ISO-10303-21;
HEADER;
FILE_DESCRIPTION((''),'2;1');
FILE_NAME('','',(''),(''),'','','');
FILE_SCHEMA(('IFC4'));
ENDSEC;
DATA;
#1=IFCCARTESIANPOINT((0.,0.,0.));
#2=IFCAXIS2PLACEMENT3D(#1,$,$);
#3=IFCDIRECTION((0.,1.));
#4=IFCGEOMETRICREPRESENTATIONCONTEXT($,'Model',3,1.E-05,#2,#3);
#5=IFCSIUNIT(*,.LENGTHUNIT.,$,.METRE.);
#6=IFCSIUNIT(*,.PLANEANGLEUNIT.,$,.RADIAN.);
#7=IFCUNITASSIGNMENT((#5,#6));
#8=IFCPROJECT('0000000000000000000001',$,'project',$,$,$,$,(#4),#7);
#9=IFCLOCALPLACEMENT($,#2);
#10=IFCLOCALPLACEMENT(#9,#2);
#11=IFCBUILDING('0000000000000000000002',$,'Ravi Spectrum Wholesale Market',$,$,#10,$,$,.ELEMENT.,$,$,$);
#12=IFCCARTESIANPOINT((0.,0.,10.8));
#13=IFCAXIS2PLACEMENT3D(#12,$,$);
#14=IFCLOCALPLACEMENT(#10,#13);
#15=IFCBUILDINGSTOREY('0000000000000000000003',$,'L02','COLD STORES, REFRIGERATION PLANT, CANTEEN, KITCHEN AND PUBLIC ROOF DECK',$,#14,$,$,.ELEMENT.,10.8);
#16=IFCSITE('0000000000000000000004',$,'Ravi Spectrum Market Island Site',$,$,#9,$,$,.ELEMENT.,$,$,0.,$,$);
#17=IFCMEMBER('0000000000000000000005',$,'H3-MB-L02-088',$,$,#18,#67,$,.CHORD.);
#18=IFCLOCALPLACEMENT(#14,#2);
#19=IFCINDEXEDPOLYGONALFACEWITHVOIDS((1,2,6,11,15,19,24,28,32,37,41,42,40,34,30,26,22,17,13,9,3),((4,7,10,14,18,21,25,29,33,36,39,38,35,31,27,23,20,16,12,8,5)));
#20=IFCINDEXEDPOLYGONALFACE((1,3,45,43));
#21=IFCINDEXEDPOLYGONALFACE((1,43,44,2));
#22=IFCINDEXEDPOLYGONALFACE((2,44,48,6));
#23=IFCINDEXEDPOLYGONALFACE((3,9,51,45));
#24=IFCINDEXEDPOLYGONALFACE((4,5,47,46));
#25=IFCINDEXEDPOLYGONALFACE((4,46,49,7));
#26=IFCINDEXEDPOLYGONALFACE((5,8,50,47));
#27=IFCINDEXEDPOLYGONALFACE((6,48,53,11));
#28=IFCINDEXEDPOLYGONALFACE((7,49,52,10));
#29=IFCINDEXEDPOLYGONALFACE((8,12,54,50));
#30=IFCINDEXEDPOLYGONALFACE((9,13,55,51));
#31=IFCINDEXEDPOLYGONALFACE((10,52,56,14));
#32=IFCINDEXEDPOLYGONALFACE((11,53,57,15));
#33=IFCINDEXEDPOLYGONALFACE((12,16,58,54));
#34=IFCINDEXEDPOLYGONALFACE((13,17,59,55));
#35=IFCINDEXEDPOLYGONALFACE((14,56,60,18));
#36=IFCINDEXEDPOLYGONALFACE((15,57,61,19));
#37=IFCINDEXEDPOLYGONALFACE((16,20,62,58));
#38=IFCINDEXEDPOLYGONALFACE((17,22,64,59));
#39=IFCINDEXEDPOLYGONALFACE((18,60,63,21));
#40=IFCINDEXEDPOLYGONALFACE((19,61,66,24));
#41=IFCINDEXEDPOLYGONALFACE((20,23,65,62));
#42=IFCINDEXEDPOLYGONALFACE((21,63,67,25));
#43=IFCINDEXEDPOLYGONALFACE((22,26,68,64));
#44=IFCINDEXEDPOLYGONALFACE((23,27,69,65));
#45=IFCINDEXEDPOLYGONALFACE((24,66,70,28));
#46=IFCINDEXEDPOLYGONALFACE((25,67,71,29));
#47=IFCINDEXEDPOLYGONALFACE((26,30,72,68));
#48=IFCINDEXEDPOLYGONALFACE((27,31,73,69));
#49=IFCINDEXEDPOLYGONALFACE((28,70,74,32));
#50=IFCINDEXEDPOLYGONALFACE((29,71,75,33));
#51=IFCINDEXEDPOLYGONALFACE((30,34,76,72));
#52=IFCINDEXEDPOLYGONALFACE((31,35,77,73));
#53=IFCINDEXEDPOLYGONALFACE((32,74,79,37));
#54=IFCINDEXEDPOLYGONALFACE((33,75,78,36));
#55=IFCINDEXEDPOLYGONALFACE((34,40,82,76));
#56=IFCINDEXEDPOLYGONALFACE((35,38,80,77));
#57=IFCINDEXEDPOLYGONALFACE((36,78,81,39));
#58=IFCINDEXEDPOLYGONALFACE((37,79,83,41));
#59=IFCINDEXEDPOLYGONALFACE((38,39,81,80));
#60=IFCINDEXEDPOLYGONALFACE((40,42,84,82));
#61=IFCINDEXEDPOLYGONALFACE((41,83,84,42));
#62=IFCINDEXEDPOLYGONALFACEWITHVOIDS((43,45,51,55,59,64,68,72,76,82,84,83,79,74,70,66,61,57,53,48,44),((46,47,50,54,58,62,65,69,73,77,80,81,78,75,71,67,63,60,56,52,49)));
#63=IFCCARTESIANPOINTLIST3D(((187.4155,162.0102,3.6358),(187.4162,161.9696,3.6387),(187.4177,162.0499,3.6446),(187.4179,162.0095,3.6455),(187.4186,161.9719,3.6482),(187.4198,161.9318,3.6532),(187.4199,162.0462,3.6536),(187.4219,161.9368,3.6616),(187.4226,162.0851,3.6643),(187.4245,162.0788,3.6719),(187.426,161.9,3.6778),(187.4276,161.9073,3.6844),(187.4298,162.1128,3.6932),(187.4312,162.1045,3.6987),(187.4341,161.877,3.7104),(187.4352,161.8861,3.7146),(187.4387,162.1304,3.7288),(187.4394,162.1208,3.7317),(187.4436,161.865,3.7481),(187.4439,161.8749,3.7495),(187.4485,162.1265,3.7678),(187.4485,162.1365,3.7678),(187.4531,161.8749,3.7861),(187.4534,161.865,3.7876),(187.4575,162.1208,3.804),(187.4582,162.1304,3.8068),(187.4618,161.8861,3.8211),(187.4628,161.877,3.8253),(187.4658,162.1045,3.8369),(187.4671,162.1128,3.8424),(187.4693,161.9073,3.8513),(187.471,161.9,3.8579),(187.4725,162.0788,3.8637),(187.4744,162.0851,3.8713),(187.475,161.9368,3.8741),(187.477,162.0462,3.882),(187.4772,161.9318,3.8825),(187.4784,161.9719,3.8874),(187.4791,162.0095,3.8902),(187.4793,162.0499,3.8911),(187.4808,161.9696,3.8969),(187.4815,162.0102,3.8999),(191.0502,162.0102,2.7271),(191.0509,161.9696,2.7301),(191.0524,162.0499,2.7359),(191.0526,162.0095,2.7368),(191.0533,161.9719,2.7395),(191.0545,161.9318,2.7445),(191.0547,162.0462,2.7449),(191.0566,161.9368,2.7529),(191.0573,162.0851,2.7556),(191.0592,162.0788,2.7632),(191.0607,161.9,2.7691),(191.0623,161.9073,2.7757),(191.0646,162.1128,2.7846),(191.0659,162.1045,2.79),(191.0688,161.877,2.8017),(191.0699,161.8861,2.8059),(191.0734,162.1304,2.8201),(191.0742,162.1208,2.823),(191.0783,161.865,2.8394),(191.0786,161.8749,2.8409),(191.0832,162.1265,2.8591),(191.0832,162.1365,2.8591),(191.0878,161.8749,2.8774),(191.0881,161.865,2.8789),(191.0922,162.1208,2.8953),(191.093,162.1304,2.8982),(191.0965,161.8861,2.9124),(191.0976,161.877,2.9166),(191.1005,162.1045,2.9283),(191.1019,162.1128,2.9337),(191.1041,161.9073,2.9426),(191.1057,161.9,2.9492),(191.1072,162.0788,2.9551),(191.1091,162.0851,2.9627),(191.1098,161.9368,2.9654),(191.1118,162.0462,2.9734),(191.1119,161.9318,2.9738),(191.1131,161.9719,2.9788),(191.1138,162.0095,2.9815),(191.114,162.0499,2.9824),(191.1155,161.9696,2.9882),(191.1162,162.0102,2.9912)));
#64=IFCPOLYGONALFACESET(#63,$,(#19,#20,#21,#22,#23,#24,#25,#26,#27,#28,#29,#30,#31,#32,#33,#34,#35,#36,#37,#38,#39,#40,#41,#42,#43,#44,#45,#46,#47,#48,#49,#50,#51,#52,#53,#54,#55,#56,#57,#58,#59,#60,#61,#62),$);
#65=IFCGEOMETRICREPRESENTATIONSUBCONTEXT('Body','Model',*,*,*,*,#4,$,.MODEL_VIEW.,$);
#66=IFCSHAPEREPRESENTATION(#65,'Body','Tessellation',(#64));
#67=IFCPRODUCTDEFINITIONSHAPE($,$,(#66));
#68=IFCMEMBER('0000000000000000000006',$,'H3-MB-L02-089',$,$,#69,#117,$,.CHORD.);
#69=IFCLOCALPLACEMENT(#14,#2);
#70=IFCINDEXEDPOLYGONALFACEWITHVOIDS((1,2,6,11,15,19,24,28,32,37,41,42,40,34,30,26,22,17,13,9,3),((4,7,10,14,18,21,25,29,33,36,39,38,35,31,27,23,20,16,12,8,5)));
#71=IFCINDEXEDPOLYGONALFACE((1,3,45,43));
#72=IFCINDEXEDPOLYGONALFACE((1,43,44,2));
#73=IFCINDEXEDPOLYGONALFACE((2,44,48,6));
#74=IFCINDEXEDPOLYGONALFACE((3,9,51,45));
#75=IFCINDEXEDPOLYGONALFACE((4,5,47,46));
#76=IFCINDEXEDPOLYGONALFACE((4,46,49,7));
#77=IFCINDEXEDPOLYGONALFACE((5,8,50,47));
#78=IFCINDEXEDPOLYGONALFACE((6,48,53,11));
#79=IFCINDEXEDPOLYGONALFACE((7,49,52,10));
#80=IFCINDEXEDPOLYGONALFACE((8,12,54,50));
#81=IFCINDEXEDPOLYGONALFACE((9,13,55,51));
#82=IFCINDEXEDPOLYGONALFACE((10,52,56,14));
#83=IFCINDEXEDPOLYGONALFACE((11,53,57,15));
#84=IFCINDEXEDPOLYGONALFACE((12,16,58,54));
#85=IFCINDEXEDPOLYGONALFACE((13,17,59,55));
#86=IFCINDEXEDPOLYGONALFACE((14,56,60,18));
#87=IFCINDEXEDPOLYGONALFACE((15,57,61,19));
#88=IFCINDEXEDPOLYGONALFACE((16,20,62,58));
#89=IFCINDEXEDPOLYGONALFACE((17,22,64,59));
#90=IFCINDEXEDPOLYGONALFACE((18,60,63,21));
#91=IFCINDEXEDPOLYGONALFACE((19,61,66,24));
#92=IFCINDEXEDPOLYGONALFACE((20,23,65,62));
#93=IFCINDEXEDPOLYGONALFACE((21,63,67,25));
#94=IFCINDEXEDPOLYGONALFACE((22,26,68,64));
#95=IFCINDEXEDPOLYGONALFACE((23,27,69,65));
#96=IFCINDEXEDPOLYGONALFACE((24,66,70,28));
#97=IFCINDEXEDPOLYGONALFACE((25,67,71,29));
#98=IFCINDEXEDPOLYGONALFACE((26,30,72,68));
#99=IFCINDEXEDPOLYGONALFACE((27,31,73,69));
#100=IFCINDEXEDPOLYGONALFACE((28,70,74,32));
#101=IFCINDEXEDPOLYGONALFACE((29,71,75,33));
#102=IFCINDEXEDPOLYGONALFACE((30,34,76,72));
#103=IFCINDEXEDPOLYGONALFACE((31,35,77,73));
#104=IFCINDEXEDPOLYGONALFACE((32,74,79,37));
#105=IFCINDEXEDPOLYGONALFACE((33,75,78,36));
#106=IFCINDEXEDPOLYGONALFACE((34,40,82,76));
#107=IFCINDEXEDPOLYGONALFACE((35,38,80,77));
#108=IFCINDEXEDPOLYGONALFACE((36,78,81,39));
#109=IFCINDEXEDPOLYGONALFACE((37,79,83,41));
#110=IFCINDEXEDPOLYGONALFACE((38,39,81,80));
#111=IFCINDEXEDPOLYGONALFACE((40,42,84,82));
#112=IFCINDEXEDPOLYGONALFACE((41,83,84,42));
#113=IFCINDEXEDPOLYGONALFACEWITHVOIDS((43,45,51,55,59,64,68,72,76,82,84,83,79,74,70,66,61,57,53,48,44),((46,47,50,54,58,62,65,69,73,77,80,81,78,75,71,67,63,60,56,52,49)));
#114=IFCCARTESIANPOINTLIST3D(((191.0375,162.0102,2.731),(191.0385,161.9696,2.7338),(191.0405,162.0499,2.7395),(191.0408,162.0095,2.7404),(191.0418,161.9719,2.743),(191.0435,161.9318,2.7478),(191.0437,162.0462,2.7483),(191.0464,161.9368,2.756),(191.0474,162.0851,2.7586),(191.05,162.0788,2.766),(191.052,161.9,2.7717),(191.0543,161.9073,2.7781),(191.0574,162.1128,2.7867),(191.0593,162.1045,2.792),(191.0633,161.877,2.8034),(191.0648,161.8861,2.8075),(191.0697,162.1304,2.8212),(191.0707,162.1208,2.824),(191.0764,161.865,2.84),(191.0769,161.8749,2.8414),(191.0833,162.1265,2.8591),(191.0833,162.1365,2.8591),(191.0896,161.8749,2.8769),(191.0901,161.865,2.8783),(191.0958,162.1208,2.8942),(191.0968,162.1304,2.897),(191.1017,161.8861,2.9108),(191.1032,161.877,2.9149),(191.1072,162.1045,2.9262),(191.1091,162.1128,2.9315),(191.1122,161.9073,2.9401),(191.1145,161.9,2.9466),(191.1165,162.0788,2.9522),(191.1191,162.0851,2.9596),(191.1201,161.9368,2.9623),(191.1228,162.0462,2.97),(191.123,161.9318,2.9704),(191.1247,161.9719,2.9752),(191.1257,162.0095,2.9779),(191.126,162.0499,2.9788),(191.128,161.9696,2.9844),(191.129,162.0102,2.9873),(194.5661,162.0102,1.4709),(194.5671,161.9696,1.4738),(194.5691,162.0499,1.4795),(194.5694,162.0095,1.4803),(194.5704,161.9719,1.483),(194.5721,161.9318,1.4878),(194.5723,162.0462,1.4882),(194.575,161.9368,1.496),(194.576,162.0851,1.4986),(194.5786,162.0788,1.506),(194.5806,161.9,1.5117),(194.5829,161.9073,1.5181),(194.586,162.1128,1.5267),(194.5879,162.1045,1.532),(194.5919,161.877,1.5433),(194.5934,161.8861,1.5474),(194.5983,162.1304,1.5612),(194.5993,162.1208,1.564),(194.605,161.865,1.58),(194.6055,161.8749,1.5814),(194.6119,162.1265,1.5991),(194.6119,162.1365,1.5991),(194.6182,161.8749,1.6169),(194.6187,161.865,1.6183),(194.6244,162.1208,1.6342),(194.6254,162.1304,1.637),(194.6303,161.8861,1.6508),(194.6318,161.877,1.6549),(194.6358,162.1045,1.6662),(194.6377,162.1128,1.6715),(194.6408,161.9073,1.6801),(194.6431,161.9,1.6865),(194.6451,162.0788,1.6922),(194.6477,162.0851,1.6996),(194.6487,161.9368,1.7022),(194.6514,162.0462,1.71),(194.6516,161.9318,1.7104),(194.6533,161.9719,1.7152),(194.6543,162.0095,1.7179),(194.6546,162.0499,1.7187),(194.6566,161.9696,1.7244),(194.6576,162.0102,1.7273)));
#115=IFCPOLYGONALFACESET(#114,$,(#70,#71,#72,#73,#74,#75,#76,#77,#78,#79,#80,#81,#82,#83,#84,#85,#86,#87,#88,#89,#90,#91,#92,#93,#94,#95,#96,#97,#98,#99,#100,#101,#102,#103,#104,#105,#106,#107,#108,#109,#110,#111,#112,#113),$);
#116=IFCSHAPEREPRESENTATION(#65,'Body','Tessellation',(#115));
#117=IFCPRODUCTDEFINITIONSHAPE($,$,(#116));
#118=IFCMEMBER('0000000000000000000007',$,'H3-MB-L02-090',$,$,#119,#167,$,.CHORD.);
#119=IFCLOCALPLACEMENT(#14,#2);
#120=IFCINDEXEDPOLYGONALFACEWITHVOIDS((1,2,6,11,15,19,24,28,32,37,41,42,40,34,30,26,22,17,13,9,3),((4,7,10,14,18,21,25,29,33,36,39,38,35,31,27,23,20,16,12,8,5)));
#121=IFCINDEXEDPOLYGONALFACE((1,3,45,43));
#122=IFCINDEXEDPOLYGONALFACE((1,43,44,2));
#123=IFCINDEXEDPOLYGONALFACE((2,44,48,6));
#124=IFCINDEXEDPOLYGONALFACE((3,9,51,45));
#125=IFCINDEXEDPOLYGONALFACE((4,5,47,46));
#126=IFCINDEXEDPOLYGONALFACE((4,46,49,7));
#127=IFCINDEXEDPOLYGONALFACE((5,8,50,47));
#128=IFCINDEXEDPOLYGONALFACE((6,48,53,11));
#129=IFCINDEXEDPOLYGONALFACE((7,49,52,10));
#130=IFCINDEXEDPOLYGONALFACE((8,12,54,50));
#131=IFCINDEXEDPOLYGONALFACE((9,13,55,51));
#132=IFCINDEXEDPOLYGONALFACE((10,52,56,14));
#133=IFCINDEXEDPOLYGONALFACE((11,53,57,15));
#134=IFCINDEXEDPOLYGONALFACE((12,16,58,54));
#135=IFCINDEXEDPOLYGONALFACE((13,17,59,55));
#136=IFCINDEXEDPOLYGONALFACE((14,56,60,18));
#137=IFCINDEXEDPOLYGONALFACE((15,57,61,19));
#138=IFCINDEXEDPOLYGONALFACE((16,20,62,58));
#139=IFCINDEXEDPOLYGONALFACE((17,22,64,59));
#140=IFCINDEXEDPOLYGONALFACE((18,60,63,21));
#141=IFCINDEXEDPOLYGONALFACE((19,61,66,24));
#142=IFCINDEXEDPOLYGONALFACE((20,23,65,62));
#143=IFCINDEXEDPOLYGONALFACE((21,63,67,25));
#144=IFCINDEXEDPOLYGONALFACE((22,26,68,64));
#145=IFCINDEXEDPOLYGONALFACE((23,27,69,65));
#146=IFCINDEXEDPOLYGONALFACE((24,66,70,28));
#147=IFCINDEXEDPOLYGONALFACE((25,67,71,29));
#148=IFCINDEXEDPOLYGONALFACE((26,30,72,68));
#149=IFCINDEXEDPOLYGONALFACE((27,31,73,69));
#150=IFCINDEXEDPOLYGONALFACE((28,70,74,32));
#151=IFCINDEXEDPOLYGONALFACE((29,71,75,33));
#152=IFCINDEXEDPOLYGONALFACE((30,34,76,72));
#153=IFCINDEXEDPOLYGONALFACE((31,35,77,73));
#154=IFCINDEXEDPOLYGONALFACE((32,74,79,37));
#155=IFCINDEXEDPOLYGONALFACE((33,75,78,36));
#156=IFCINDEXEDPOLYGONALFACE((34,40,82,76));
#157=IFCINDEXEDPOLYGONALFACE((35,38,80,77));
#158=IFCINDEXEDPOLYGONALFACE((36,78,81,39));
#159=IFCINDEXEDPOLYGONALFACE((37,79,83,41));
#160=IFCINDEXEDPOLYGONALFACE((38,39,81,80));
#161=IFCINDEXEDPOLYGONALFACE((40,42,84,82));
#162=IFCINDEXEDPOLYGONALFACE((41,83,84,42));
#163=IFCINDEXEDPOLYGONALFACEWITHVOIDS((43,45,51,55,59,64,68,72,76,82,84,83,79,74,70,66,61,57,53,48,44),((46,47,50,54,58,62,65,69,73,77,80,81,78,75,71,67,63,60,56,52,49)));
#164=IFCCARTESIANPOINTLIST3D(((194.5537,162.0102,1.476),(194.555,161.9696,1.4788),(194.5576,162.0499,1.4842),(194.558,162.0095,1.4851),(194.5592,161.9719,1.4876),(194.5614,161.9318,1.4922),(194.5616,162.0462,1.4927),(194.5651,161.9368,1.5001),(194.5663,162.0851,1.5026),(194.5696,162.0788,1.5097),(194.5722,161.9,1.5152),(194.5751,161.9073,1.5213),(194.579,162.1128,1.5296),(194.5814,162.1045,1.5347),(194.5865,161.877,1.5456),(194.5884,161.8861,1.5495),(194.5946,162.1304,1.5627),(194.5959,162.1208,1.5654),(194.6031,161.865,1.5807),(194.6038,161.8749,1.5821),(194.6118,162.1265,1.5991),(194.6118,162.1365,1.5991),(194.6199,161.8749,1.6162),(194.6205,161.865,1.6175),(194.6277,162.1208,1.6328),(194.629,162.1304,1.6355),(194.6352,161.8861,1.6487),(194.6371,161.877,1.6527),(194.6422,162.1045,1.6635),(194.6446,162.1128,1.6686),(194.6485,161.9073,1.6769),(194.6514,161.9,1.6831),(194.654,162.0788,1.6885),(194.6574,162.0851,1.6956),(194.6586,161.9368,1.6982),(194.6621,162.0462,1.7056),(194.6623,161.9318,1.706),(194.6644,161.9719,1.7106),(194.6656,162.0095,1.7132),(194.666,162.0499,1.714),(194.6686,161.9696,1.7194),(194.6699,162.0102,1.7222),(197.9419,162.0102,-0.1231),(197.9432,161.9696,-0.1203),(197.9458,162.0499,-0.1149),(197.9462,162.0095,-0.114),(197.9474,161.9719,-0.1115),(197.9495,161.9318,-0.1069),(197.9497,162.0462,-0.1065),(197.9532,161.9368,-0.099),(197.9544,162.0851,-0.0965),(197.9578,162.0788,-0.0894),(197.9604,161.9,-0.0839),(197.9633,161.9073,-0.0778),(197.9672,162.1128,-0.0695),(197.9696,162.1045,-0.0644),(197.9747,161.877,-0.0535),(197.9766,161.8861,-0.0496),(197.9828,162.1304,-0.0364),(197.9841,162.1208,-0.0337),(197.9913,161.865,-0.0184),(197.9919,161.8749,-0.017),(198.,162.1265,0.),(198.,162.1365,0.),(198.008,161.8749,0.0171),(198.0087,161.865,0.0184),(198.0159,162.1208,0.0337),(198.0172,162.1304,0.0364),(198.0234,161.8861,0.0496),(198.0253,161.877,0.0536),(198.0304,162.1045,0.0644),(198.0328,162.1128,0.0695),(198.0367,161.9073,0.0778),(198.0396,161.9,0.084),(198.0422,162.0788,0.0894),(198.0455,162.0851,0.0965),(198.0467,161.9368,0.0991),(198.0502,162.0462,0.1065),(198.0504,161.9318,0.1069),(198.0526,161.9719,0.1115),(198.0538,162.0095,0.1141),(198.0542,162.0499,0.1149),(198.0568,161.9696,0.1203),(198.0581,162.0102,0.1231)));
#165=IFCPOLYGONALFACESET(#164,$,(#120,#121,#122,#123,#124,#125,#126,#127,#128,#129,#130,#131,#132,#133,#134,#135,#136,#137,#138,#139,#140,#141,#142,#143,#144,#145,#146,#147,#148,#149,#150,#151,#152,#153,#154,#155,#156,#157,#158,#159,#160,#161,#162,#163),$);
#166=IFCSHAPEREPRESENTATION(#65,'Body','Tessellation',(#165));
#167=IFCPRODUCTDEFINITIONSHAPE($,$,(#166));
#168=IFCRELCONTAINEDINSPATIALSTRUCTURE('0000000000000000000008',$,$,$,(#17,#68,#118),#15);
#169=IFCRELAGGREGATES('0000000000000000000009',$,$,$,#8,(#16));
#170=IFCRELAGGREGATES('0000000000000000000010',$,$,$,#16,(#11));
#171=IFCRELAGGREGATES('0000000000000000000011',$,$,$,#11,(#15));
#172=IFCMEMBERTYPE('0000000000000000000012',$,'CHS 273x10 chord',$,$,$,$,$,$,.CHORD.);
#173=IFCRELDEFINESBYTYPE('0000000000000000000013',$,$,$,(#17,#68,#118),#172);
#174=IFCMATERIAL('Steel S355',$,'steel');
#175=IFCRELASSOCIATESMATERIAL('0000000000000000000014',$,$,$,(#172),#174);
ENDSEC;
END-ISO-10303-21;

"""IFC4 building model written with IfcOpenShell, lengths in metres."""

from ifc_helpers import new_model, si_unit, direction, frame, origin, origin_2d, place, context, subcontext, project, spatial, hollow_circle, extrude, material, material_profile, profile_set, type_object, element, save


model = new_model("IFC4")

# Units and contexts
model_context = context("Model", 3, precision=1e-05, world=origin(), true_north=direction((0.0, 1.0)))
body_context = subcontext(model_context, "Body", "Model", "MODEL_VIEW")
ifc_project = project(units=[si_unit("LENGTHUNIT", "METRE"), si_unit("PLANEANGLEUNIT", "RADIAN")], contexts=[model_context])

# Site, building, storey
site_placement = place(None, origin())
site = spatial("IfcSite", under=ifc_project, at=site_placement, Name="Ravi Spectrum Market Island Site", CompositionType="ELEMENT", RefElevation=0.0)
building_placement = place(site_placement, origin())
building = spatial("IfcBuilding", under=site, at=building_placement, Name="Ravi Spectrum Wholesale Market", CompositionType="ELEMENT")
storey_placement = place(building_placement, frame((0.0, 0.0, 10.8)))
storey = spatial("IfcBuildingStorey", under=building, at=storey_placement, Name="L02", Description="COLD STORES, REFRIGERATION PLANT, CANTEEN, KITCHEN AND PUBLIC ROOF DECK", CompositionType="ELEMENT", Elevation=10.8)

# Members
ifc_material_1 = material(Name="Steel S355", Category="steel")
ifc_material_profile_1 = material_profile(ifc_material_1, hollow_circle(Radius=0.1365, WallThickness=0.01, at=origin_2d()))
ifc_profile_set_1 = profile_set([ifc_material_profile_1], Name="Steel S355")
member_type_1 = type_object("IfcMemberType", Name="CHS 273x10 chord", PredefinedType="CHORD", material=ifc_profile_set_1)
member_1_placement = place(storey_placement, frame((187.4485, 162.0, 3.7678), z_axis=(0.970143, 0.0, -0.242536), x_axis=(0.0, 1.0, 0.0)))
element("IfcMember", 1, at=member_1_placement, inside=storey, type_object=member_type_1, Name="H3-MB-L02-088", PredefinedType="CHORD", context=body_context, shape_type="SweptSolid", body=[
    extrude(hollow_circle(Radius=0.1365, WallThickness=0.01, at=origin_2d()), origin(), (0.0, 0.0, 1.0), 3.7466),
])
member_2_placement = place(storey_placement, frame((191.0833, 162.0, 2.8591), z_axis=(0.941758, 0.0, -0.336291), x_axis=(0.0, 1.0, 0.0)))
element("IfcMember", 2, at=member_2_placement, inside=storey, type_object=member_type_1, Name="H3-MB-L02-089", PredefinedType="CHORD", context=body_context, shape_type="SweptSolid", body=[
    extrude(hollow_circle(Radius=0.1365, WallThickness=0.01, at=origin_2d()), origin(), (0.0, 0.0, 1.0), 3.7468),
])
for number, where, z_axis, x_axis, name in (
    (3, (194.6118, 162.0, 1.5991), (0.904337, 0.0, -0.42682), (0.0, 1.0, 0.0), "H3-MB-L02-090"),
):
    element("IfcMember", number, at=place(storey_placement, frame(where, z_axis=z_axis, x_axis=x_axis)), inside=storey, type_object=member_type_1, Name=name, PredefinedType="CHORD", context=body_context, shape_type="SweptSolid", body=[
        extrude(hollow_circle(Radius=0.1365, WallThickness=0.01, at=origin_2d()), origin(), (0.0, 0.0, 1.0), 3.7466),
    ])

save(model, "model.ifc")
